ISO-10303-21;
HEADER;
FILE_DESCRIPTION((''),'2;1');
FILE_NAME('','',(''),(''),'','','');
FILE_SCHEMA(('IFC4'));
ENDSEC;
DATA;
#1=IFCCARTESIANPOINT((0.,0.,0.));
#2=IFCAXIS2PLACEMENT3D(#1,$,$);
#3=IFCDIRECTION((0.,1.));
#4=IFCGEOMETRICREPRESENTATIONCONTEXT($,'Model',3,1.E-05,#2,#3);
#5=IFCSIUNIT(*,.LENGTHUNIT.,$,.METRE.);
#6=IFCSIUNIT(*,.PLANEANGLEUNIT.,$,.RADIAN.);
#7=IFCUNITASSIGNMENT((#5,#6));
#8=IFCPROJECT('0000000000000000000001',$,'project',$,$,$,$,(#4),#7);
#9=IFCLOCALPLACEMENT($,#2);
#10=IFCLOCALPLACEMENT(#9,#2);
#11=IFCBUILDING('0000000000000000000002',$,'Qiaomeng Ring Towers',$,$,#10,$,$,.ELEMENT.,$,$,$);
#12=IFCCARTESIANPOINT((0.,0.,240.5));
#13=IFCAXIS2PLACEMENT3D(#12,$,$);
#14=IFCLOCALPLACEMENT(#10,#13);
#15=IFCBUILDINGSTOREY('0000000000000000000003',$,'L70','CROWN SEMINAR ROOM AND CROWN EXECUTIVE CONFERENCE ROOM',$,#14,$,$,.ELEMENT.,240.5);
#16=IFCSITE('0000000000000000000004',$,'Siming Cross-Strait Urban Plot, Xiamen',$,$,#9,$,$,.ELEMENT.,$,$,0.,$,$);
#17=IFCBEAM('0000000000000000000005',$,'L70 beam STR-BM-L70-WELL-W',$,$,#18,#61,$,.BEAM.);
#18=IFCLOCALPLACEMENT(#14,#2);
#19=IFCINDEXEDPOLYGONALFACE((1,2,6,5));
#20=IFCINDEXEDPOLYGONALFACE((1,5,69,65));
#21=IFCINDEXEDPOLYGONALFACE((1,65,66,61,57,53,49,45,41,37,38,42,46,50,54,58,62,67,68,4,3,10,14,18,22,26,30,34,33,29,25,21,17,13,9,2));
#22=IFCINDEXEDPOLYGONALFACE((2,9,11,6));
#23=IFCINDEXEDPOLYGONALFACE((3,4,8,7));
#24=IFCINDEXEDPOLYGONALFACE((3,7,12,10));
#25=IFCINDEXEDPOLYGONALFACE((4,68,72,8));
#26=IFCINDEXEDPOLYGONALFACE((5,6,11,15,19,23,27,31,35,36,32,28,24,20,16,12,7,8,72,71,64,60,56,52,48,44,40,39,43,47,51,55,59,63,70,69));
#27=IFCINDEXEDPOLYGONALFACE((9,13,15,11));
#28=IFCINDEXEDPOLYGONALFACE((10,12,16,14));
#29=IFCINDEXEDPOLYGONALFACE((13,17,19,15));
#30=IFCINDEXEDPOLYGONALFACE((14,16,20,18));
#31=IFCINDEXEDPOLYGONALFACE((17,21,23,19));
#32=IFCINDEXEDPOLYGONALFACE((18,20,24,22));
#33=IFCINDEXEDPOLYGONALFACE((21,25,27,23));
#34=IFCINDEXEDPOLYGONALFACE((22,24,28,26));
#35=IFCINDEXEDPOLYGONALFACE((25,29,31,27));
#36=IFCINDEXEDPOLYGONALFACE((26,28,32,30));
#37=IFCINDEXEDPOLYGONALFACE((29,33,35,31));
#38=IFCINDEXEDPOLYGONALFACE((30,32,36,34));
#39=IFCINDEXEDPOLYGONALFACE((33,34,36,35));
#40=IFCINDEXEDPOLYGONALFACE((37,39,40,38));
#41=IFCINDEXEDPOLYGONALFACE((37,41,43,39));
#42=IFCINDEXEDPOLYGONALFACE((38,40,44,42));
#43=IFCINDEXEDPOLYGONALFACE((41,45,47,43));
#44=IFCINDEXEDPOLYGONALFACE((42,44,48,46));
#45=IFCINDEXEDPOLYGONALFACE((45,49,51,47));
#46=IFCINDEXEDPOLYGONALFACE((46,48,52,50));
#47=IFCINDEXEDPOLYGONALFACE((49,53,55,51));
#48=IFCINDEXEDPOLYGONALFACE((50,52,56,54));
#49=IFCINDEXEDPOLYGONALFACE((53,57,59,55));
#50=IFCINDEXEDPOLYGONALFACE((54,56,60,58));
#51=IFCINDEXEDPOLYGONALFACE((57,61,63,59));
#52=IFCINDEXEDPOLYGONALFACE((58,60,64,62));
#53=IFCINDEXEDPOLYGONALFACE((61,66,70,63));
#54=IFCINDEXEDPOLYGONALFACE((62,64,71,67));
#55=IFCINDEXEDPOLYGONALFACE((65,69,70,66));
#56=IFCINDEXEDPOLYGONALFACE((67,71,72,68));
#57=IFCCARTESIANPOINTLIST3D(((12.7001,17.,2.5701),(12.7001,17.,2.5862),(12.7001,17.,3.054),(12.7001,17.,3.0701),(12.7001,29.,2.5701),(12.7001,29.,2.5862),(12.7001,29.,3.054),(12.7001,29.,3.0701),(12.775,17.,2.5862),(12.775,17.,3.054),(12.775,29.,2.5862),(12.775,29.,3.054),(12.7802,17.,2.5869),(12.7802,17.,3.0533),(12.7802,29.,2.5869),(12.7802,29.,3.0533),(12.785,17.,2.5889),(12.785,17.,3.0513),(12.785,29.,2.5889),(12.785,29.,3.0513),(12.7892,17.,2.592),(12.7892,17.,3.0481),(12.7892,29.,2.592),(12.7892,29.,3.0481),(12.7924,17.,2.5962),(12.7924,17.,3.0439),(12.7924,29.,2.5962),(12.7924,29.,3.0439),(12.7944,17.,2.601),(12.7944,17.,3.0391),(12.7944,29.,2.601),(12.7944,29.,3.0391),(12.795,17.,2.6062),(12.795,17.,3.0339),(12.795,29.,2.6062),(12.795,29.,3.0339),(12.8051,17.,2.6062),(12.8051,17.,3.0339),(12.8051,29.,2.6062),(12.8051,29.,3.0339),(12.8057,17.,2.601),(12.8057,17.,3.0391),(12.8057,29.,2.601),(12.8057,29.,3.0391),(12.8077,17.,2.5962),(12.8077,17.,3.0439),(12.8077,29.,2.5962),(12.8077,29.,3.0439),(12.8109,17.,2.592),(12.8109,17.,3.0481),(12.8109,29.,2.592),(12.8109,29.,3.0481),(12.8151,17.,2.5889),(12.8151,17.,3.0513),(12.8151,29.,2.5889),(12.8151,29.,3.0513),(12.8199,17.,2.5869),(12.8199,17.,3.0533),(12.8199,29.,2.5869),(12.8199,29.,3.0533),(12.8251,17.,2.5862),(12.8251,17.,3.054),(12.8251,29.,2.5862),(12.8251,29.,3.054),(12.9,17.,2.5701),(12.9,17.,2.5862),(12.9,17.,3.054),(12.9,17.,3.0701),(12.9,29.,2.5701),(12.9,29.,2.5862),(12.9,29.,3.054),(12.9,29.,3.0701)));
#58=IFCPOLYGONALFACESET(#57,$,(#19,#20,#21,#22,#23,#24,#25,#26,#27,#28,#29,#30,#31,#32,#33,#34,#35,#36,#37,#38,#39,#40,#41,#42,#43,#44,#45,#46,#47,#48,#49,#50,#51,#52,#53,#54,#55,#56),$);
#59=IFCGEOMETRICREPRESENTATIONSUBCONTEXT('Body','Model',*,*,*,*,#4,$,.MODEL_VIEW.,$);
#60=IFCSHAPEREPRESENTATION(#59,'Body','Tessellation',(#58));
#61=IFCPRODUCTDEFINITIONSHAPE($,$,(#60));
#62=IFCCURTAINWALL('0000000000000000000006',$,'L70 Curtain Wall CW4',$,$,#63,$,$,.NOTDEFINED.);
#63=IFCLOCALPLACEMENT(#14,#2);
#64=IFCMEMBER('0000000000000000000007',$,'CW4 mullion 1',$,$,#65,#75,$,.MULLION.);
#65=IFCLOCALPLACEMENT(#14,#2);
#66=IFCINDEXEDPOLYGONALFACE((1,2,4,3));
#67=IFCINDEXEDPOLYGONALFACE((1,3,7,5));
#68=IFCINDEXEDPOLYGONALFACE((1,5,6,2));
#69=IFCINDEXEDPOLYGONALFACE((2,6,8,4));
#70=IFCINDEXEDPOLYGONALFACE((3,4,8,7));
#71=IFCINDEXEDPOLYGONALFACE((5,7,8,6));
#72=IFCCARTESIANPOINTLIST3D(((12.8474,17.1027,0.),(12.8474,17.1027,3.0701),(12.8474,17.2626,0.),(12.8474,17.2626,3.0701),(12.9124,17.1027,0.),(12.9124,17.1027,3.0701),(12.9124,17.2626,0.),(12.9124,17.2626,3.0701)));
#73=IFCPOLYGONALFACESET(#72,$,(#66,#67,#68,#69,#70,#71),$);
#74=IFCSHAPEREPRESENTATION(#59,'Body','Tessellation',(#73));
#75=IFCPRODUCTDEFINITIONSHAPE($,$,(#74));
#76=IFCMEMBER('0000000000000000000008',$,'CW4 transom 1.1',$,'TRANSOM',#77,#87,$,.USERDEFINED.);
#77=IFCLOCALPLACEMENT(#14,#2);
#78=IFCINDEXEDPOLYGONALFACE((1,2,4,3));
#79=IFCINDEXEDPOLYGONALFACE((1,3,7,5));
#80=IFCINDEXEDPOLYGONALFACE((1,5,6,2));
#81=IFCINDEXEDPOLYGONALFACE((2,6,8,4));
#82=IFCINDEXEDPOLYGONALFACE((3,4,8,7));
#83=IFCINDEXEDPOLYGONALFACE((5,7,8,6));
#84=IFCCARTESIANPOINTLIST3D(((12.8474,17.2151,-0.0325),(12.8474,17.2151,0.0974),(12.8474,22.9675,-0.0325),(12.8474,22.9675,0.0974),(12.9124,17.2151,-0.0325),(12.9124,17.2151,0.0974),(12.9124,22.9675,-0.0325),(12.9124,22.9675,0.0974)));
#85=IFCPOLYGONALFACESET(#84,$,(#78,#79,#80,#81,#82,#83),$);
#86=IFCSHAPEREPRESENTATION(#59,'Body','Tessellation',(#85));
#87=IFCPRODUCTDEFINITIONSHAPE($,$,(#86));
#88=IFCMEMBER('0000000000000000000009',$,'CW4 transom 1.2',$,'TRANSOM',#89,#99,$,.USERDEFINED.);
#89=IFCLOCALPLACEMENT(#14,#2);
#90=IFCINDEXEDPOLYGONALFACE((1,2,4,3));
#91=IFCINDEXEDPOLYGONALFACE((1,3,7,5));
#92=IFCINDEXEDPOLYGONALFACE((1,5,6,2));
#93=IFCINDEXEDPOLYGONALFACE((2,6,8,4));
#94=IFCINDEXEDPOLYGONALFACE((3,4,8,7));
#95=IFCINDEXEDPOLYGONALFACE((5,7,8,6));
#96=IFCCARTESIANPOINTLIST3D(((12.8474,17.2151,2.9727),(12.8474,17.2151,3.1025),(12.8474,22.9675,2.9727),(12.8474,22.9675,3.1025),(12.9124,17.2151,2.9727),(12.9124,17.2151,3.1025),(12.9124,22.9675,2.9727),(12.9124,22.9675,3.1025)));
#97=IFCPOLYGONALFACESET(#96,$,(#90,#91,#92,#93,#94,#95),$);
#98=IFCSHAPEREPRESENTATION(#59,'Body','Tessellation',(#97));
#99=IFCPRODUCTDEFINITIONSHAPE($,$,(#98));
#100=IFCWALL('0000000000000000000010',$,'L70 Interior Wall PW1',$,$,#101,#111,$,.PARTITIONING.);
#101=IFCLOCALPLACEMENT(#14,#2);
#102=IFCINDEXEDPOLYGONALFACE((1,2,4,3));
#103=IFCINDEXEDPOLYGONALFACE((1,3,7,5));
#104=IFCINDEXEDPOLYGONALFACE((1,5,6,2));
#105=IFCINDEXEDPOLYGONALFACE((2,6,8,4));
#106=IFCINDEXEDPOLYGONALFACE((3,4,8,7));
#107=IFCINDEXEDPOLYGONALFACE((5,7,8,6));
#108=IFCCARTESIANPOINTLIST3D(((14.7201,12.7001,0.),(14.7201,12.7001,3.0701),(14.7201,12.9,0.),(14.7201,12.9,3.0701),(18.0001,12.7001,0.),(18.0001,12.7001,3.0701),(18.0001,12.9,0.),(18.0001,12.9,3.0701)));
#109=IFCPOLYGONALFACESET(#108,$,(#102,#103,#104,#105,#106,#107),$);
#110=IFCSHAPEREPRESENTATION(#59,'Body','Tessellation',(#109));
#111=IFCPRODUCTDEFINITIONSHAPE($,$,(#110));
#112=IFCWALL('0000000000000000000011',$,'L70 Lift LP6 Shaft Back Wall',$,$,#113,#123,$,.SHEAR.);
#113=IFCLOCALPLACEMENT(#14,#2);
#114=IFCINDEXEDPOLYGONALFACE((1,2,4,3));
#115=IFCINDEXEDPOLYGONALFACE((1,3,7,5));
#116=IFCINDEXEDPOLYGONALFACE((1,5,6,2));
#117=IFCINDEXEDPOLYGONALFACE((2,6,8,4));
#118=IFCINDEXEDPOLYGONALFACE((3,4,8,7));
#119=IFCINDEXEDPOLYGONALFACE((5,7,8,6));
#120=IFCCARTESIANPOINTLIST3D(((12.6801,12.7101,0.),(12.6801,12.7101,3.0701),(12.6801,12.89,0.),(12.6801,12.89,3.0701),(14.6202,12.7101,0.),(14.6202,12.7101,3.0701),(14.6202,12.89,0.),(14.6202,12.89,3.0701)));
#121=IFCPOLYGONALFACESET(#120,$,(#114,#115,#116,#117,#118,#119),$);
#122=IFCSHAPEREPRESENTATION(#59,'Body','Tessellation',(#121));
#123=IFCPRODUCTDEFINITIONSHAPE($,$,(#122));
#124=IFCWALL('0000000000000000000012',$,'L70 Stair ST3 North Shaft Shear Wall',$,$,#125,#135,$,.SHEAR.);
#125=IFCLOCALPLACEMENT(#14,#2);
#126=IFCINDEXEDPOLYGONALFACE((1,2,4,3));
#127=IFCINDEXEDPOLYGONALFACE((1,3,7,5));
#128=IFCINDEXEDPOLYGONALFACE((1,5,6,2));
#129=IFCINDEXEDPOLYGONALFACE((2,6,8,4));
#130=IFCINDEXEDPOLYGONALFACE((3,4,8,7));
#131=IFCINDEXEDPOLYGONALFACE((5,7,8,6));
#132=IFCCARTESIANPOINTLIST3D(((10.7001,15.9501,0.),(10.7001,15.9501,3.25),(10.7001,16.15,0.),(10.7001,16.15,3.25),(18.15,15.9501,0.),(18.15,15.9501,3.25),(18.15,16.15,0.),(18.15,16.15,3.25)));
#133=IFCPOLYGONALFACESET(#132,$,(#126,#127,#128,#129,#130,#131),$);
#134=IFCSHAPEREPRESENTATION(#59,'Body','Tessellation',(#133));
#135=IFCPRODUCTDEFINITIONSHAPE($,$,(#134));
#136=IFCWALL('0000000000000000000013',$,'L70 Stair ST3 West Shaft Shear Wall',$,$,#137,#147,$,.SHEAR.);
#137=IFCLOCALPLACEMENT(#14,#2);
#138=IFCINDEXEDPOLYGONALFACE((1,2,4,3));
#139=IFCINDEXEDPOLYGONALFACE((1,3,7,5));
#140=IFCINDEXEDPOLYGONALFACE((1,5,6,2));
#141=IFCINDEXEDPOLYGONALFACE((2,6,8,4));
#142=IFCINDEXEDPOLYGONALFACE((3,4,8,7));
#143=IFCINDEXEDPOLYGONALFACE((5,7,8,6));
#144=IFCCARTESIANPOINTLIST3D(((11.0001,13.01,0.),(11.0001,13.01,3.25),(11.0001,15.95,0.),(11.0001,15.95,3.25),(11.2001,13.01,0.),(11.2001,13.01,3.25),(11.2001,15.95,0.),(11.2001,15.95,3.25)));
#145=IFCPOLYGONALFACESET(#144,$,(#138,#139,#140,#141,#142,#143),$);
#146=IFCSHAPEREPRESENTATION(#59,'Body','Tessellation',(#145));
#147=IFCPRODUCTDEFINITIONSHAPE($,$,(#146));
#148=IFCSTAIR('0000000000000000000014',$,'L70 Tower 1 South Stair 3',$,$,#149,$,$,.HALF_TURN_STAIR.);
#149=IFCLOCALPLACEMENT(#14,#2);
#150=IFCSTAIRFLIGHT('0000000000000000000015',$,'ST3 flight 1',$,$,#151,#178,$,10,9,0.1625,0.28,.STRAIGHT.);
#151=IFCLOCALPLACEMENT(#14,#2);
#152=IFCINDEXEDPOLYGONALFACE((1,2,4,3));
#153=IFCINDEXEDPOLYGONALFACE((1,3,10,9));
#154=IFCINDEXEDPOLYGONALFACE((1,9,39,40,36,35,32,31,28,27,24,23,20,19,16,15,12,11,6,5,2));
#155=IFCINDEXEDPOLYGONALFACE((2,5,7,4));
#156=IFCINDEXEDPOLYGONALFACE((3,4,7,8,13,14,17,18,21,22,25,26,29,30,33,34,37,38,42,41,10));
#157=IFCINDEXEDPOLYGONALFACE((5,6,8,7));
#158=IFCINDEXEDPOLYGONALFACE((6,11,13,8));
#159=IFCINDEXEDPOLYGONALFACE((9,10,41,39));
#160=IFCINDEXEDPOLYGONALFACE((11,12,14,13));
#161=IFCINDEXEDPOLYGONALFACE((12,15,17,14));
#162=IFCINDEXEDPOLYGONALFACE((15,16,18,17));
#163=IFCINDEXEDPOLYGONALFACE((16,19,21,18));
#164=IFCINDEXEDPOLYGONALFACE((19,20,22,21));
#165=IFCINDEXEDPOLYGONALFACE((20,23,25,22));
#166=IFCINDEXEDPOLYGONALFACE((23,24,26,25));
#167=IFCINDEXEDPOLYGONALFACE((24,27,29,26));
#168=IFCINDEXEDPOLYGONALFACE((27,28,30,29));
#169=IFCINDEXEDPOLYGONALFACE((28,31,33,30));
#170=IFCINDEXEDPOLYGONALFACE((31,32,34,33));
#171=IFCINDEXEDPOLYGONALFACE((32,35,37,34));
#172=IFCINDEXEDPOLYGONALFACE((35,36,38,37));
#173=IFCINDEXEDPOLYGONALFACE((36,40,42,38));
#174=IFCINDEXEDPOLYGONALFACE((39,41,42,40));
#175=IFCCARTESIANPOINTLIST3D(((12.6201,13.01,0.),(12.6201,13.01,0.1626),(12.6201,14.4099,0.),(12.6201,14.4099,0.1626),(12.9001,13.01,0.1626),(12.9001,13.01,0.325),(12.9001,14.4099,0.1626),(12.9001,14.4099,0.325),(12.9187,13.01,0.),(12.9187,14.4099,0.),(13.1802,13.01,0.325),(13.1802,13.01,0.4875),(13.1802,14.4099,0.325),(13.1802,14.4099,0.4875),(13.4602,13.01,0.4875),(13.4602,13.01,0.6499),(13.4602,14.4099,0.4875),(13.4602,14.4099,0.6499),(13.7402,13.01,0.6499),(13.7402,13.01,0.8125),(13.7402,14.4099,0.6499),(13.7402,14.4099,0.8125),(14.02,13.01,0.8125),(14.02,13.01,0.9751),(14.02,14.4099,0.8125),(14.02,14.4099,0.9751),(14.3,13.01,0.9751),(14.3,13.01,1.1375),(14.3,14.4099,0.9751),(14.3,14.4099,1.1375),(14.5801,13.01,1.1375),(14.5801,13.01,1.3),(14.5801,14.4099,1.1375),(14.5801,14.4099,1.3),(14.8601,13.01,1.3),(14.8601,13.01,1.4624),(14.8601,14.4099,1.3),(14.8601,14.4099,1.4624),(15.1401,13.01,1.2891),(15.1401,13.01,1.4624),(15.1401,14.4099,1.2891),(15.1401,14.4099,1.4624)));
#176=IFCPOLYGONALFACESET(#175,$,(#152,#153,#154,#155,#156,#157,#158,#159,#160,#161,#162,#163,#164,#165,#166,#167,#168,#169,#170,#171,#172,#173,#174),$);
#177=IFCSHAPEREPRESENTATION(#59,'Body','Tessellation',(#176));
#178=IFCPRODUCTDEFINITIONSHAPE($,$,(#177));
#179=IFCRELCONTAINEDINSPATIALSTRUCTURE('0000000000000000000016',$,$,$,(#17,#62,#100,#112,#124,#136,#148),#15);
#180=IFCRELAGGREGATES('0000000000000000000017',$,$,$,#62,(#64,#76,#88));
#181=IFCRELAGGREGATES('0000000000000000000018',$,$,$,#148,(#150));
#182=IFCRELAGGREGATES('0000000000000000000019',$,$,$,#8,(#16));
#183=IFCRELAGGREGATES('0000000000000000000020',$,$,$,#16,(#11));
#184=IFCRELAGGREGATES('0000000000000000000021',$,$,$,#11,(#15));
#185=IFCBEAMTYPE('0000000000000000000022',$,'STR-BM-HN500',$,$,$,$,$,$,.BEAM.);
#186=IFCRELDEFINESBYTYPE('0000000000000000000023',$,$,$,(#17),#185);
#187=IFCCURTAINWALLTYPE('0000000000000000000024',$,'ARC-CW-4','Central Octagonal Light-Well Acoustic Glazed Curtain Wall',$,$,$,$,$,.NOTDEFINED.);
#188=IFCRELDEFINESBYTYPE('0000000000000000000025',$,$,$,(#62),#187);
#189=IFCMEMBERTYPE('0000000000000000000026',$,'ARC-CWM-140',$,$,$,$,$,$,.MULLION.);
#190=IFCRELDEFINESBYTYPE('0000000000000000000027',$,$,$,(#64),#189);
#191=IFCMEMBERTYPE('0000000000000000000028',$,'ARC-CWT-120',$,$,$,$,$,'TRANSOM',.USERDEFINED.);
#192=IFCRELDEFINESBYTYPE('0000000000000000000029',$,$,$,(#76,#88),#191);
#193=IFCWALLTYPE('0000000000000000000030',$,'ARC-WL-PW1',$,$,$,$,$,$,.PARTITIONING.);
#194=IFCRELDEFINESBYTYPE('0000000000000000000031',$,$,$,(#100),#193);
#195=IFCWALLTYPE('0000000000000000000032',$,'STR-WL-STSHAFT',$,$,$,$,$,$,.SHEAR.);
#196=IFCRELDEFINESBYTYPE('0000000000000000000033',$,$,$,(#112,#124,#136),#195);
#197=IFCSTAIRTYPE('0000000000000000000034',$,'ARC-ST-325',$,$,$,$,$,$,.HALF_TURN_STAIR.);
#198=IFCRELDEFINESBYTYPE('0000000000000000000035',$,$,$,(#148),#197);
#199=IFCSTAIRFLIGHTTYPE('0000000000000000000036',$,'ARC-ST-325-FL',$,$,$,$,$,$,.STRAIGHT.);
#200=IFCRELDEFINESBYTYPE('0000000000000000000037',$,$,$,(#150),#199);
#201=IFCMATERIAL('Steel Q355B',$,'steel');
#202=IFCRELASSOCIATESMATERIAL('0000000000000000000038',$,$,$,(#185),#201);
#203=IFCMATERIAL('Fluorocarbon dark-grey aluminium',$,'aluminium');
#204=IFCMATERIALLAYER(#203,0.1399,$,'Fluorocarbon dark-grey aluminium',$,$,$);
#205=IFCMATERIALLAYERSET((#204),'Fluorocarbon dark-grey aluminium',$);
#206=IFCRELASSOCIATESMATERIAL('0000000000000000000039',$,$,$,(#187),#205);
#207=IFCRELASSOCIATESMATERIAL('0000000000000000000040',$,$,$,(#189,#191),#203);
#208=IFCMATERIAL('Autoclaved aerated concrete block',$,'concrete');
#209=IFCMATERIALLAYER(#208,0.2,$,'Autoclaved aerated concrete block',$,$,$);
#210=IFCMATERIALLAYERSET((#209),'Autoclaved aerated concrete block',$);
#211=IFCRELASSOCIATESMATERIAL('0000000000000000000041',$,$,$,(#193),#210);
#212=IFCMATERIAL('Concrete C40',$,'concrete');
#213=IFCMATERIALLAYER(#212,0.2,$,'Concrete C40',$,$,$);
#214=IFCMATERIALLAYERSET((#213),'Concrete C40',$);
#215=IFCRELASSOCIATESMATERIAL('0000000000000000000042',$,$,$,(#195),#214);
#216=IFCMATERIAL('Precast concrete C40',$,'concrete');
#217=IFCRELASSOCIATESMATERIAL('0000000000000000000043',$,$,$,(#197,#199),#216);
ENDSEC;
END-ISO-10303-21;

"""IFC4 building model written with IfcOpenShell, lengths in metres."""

from ifc_helpers import new_model, si_unit, direction, frame, frame_2d, origin, origin_2d, place, context, subcontext, project, spatial, polyline, rectangle, i_section, outline, extrude, source, transform, mapped, material, layer, layer_set, material_profile, profile_set, type_object, element, aggregate, save


model = new_model("IFC4")

# Units and contexts
model_context = context("Model", 3, precision=1e-05, world=origin(), true_north=direction((0.0, 1.0)))
body_context = subcontext(model_context, "Body", "Model", "MODEL_VIEW")
ifc_project = project(units=[si_unit("LENGTHUNIT", "METRE"), si_unit("PLANEANGLEUNIT", "RADIAN")], contexts=[model_context])

# Site, building, storey
site_placement = place(None, origin())
site = spatial("IfcSite", under=ifc_project, at=site_placement, Name="Siming Cross-Strait Urban Plot, Xiamen", CompositionType="ELEMENT", RefElevation=0.0)
building_placement = place(site_placement, origin())
building = spatial("IfcBuilding", under=site, at=building_placement, Name="Qiaomeng Ring Towers", CompositionType="ELEMENT")
storey_placement = place(building_placement, frame((0.0, 0.0, 240.5)))
storey = spatial("IfcBuildingStorey", under=building, at=storey_placement, Name="L70", Description="CROWN SEMINAR ROOM AND CROWN EXECUTIVE CONFERENCE ROOM", CompositionType="ELEMENT", Elevation=240.5)

# Beam
ifc_material_1 = material(Name="Steel Q355B", Category="steel")
ifc_material_profile_1 = material_profile(ifc_material_1, i_section(OverallWidth=0.2, OverallDepth=0.5, WebThickness=0.01, FlangeThickness=0.0161, FilletRadius=0.02, at=origin_2d()), Name="HN 500x200x10x16")
ifc_profile_set_1 = profile_set([ifc_material_profile_1], Name="Steel Q355B")
beam_type = type_object("IfcBeamType", Name="STR-BM-HN500", PredefinedType="BEAM", material=ifc_profile_set_1)
shared_shape_1 = source(origin(), body_context, "Body", "SweptSolid", [
    extrude(i_section(OverallWidth=0.2, OverallDepth=0.5, WebThickness=0.01, FlangeThickness=0.0161, FilletRadius=0.02, at=origin_2d()), origin(), (0.0, 0.0, 1.0), 12.0),
])
beam_placement = place(storey_placement, frame((12.8, 17.0, 2.8201), z_axis=(0.0, 1.0, 0.0), x_axis=(-1.0, 0.0, 0.0)))
element("IfcBeam", 1, at=beam_placement, inside=storey, type_object=beam_type, Name="L70 beam STR-BM-L70-WELL-W", PredefinedType="BEAM", context=body_context, shape_type="MappedRepresentation", body=[
    mapped(shared_shape_1, transform((0.0, 0.0, 0.0), x_axis=(1.0, 0.0, 0.0), y_axis=(0.0, 1.0, 0.0), z_axis=(0.0, 0.0, 1.0), scale=1.0)),
])

# Curtain wall, members
ifc_material_2 = material(Name="Fluorocarbon dark-grey aluminium", Category="aluminium")
ifc_layer_1 = layer(ifc_material_2, 0.1399, Name="Fluorocarbon dark-grey aluminium")
ifc_layer_set_1 = layer_set([ifc_layer_1], Name="Fluorocarbon dark-grey aluminium")
curtain_wall_type = type_object("IfcCurtainWallType", Name="ARC-CW-4", Description="Central Octagonal Light-Well Acoustic Glazed Curtain Wall", PredefinedType="NOTDEFINED", material=ifc_layer_set_1)
curtain_wall_placement = place(storey_placement, origin())
curtain_wall = element("IfcCurtainWall", 2, at=curtain_wall_placement, inside=storey, type_object=curtain_wall_type, Name="L70 Curtain Wall CW4", PredefinedType="NOTDEFINED")
ifc_material_profile_2 = material_profile(ifc_material_2, rectangle(XDim=0.0649, YDim=0.1599, at=origin_2d()), Name="ALU MULL 65x160")
ifc_profile_set_2 = profile_set([ifc_material_profile_2], Name="Fluorocarbon dark-grey aluminium")
member_type_1 = type_object("IfcMemberType", Name="ARC-CWM-140", PredefinedType="MULLION", material=ifc_profile_set_2)
shared_shape_2 = source(origin(), body_context, "Body", "SweptSolid", [
    extrude(rectangle(XDim=0.0649, YDim=0.1599, at=origin_2d()), origin(), (0.0, 0.0, 1.0), 3.0701),
])
member_1_placement = place(storey_placement, frame((12.8799, 17.1826, 0.0), z_axis=(0.0, 0.0, 1.0), x_axis=(-1.0, 0.0, 0.0)))
member_1 = element("IfcMember", 3, at=member_1_placement, type_object=member_type_1, Name="CW4 mullion 1", PredefinedType="MULLION", context=body_context, shape_type="MappedRepresentation", body=[
    mapped(shared_shape_2, transform((0.0, 0.0, 0.0), x_axis=(1.0, 0.0, 0.0), y_axis=(0.0, 1.0, 0.0), z_axis=(0.0, 0.0, 1.0), scale=1.0)),
])
ifc_material_profile_3 = material_profile(ifc_material_2, rectangle(XDim=0.0649, YDim=0.1299, at=origin_2d()), Name="ALU TRAN 65x130")
ifc_profile_set_3 = profile_set([ifc_material_profile_3], Name="Fluorocarbon dark-grey aluminium")
member_type_2 = type_object("IfcMemberType", Name="ARC-CWT-120", ElementType="TRANSOM", PredefinedType="USERDEFINED", material=ifc_profile_set_3)
shared_shape_3 = source(origin(), body_context, "Body", "SweptSolid", [
    extrude(rectangle(XDim=0.0649, YDim=0.1299, at=origin_2d()), origin(), (0.0, 0.0, 1.0), 5.7524),
])
member_2_placement = place(storey_placement, frame((12.8799, 17.2151, 0.0325), z_axis=(0.0, 1.0, 0.0), x_axis=(-1.0, 0.0, 0.0)))
member_2 = element("IfcMember", 4, at=member_2_placement, type_object=member_type_2, Name="CW4 transom 1.1", ObjectType="TRANSOM", PredefinedType="USERDEFINED", context=body_context, shape_type="MappedRepresentation", body=[
    mapped(shared_shape_3, transform((0.0, 0.0, 0.0), x_axis=(1.0, 0.0, 0.0), y_axis=(0.0, 1.0, 0.0), z_axis=(0.0, 0.0, 1.0), scale=1.0)),
])
member_3_placement = place(storey_placement, frame((12.8799, 17.2151, 3.0376), z_axis=(0.0, 1.0, 0.0), x_axis=(-1.0, 0.0, 0.0)))
member_3 = element("IfcMember", 5, at=member_3_placement, type_object=member_type_2, Name="CW4 transom 1.2", ObjectType="TRANSOM", PredefinedType="USERDEFINED", context=body_context, shape_type="MappedRepresentation", body=[
    mapped(shared_shape_3, transform((0.0, 0.0, 0.0), x_axis=(1.0, 0.0, 0.0), y_axis=(0.0, 1.0, 0.0), z_axis=(0.0, 0.0, 1.0), scale=1.0)),
])
aggregate(curtain_wall, [member_1, member_2, member_3])

# Walls
ifc_material_3 = material(Name="Autoclaved aerated concrete block", Category="concrete")
ifc_layer_2 = layer(ifc_material_3, 0.2, Name="Autoclaved aerated concrete block")
ifc_layer_set_2 = layer_set([ifc_layer_2], Name="Autoclaved aerated concrete block")
wall_type_1 = type_object("IfcWallType", Name="ARC-WL-PW1", PredefinedType="PARTITIONING", material=ifc_layer_set_2)
wall_1_placement = place(storey_placement, frame((14.72, 12.8, 0.0), z_axis=(0.0, 0.0, 1.0), x_axis=(1.0, 0.0, 0.0)))
element("IfcWall", 6, at=wall_1_placement, inside=storey, type_object=wall_type_1, Name="L70 Interior Wall PW1", PredefinedType="PARTITIONING", context=body_context, shape_type="SweptSolid", body=[
    extrude(rectangle(XDim=3.28, YDim=0.2, at=frame_2d((1.6401, 0.0))), origin(), (0.0, 0.0, 1.0), 3.0701),
])
ifc_material_4 = material(Name="Concrete C40", Category="concrete")
ifc_layer_3 = layer(ifc_material_4, 0.2, Name="Concrete C40")
ifc_layer_set_3 = layer_set([ifc_layer_3], Name="Concrete C40")
wall_type_2 = type_object("IfcWallType", Name="STR-WL-STSHAFT", PredefinedType="SHEAR", material=ifc_layer_set_3)
wall_2_placement = place(storey_placement, frame((12.6799, 12.8, 0.0), z_axis=(0.0, 0.0, 1.0), x_axis=(1.0, 0.0, 0.0)))
element("IfcWall", 7, at=wall_2_placement, inside=storey, type_object=wall_type_2, Name="L70 Lift LP6 Shaft Back Wall", PredefinedType="SHEAR", context=body_context, shape_type="SweptSolid", body=[
    extrude(rectangle(XDim=1.9402, YDim=0.1799, at=frame_2d((0.9702, 0.0))), origin(), (0.0, 0.0, 1.0), 3.0701),
])
wall_3_placement = place(storey_placement, frame((10.7, 16.05, 0.0), z_axis=(0.0, 0.0, 1.0), x_axis=(1.0, 0.0, 0.0)))
element("IfcWall", 8, at=wall_3_placement, inside=storey, type_object=wall_type_2, Name="L70 Stair ST3 North Shaft Shear Wall", PredefinedType="SHEAR", context=body_context, shape_type="SweptSolid", body=[
    extrude(rectangle(XDim=7.45, YDim=0.2, at=frame_2d((3.7251, 0.0))), origin(), (0.0, 0.0, 1.0), 3.25),
])
wall_4_placement = place(storey_placement, frame((11.1001, 13.01, 0.0), z_axis=(0.0, 0.0, 1.0), x_axis=(0.0, 1.0, 0.0)))
element("IfcWall", 9, at=wall_4_placement, inside=storey, type_object=wall_type_2, Name="L70 Stair ST3 West Shaft Shear Wall", PredefinedType="SHEAR", context=body_context, shape_type="SweptSolid", body=[
    extrude(rectangle(XDim=2.9399, YDim=0.2, at=frame_2d((1.47, 0.0))), origin(), (0.0, 0.0, 1.0), 3.25),
])

# Stair, stair flight
ifc_material_5 = material(Name="Precast concrete C40", Category="concrete")
stair_type = type_object("IfcStairType", Name="ARC-ST-325", PredefinedType="HALF_TURN_STAIR", material=ifc_material_5)
stair_placement = place(storey_placement, origin())
stair = element("IfcStair", 10, at=stair_placement, inside=storey, type_object=stair_type, Name="L70 Tower 1 South Stair 3", PredefinedType="HALF_TURN_STAIR")
stair_flight_type = type_object("IfcStairFlightType", Name="ARC-ST-325-FL", PredefinedType="STRAIGHT", material=ifc_material_5)
shared_shape_4 = source(origin(), body_context, "Body", "SweptSolid", [
    extrude(outline(polyline([(0.0, 0.0), (0.0, 0.1626), (0.28, 0.1626), (0.28, 0.325), (0.5601, 0.325), (0.5601, 0.4875), (0.8401, 0.4875), (0.8401, 0.6499), (1.1201, 0.6499), (1.1201, 0.8125), (1.3999, 0.8125), (1.3999, 0.9751), (1.6799, 0.9751), (1.6799, 1.1375), (1.96, 1.1375), (1.96, 1.3), (2.24, 1.3), (2.24, 1.4624), (2.52, 1.4624), (2.52, 1.625), (2.52, 1.2891), (0.2986, 0.0), (0.0, 0.0)])), frame((0.0, 0.7, 0.0), z_axis=(0.0, -1.0, 0.0), x_axis=(1.0, 0.0, 0.0)), (0.0, 0.0, 1.0), 1.3999),
])
stair_flight_1_placement = place(storey_placement, frame((12.6201, 13.71, 0.0), z_axis=(0.0, 0.0, 1.0), x_axis=(1.0, 0.0, 0.0)))
stair_flight_1 = element("IfcStairFlight", 11, at=stair_flight_1_placement, type_object=stair_flight_type, Name="ST3 flight 1", NumberOfRisers=10, NumberOfTreads=9, PredefinedType="STRAIGHT", RiserHeight=0.1625, TreadLength=0.28, context=body_context, shape_type="MappedRepresentation", body=[
    mapped(shared_shape_4, transform((0.0, 0.0, 0.0), x_axis=(1.0, 0.0, 0.0), y_axis=(0.0, 1.0, 0.0), z_axis=(0.0, 0.0, 1.0), scale=1.0)),
])
aggregate(stair, [stair_flight_1])

save(model, "model.ifc")
